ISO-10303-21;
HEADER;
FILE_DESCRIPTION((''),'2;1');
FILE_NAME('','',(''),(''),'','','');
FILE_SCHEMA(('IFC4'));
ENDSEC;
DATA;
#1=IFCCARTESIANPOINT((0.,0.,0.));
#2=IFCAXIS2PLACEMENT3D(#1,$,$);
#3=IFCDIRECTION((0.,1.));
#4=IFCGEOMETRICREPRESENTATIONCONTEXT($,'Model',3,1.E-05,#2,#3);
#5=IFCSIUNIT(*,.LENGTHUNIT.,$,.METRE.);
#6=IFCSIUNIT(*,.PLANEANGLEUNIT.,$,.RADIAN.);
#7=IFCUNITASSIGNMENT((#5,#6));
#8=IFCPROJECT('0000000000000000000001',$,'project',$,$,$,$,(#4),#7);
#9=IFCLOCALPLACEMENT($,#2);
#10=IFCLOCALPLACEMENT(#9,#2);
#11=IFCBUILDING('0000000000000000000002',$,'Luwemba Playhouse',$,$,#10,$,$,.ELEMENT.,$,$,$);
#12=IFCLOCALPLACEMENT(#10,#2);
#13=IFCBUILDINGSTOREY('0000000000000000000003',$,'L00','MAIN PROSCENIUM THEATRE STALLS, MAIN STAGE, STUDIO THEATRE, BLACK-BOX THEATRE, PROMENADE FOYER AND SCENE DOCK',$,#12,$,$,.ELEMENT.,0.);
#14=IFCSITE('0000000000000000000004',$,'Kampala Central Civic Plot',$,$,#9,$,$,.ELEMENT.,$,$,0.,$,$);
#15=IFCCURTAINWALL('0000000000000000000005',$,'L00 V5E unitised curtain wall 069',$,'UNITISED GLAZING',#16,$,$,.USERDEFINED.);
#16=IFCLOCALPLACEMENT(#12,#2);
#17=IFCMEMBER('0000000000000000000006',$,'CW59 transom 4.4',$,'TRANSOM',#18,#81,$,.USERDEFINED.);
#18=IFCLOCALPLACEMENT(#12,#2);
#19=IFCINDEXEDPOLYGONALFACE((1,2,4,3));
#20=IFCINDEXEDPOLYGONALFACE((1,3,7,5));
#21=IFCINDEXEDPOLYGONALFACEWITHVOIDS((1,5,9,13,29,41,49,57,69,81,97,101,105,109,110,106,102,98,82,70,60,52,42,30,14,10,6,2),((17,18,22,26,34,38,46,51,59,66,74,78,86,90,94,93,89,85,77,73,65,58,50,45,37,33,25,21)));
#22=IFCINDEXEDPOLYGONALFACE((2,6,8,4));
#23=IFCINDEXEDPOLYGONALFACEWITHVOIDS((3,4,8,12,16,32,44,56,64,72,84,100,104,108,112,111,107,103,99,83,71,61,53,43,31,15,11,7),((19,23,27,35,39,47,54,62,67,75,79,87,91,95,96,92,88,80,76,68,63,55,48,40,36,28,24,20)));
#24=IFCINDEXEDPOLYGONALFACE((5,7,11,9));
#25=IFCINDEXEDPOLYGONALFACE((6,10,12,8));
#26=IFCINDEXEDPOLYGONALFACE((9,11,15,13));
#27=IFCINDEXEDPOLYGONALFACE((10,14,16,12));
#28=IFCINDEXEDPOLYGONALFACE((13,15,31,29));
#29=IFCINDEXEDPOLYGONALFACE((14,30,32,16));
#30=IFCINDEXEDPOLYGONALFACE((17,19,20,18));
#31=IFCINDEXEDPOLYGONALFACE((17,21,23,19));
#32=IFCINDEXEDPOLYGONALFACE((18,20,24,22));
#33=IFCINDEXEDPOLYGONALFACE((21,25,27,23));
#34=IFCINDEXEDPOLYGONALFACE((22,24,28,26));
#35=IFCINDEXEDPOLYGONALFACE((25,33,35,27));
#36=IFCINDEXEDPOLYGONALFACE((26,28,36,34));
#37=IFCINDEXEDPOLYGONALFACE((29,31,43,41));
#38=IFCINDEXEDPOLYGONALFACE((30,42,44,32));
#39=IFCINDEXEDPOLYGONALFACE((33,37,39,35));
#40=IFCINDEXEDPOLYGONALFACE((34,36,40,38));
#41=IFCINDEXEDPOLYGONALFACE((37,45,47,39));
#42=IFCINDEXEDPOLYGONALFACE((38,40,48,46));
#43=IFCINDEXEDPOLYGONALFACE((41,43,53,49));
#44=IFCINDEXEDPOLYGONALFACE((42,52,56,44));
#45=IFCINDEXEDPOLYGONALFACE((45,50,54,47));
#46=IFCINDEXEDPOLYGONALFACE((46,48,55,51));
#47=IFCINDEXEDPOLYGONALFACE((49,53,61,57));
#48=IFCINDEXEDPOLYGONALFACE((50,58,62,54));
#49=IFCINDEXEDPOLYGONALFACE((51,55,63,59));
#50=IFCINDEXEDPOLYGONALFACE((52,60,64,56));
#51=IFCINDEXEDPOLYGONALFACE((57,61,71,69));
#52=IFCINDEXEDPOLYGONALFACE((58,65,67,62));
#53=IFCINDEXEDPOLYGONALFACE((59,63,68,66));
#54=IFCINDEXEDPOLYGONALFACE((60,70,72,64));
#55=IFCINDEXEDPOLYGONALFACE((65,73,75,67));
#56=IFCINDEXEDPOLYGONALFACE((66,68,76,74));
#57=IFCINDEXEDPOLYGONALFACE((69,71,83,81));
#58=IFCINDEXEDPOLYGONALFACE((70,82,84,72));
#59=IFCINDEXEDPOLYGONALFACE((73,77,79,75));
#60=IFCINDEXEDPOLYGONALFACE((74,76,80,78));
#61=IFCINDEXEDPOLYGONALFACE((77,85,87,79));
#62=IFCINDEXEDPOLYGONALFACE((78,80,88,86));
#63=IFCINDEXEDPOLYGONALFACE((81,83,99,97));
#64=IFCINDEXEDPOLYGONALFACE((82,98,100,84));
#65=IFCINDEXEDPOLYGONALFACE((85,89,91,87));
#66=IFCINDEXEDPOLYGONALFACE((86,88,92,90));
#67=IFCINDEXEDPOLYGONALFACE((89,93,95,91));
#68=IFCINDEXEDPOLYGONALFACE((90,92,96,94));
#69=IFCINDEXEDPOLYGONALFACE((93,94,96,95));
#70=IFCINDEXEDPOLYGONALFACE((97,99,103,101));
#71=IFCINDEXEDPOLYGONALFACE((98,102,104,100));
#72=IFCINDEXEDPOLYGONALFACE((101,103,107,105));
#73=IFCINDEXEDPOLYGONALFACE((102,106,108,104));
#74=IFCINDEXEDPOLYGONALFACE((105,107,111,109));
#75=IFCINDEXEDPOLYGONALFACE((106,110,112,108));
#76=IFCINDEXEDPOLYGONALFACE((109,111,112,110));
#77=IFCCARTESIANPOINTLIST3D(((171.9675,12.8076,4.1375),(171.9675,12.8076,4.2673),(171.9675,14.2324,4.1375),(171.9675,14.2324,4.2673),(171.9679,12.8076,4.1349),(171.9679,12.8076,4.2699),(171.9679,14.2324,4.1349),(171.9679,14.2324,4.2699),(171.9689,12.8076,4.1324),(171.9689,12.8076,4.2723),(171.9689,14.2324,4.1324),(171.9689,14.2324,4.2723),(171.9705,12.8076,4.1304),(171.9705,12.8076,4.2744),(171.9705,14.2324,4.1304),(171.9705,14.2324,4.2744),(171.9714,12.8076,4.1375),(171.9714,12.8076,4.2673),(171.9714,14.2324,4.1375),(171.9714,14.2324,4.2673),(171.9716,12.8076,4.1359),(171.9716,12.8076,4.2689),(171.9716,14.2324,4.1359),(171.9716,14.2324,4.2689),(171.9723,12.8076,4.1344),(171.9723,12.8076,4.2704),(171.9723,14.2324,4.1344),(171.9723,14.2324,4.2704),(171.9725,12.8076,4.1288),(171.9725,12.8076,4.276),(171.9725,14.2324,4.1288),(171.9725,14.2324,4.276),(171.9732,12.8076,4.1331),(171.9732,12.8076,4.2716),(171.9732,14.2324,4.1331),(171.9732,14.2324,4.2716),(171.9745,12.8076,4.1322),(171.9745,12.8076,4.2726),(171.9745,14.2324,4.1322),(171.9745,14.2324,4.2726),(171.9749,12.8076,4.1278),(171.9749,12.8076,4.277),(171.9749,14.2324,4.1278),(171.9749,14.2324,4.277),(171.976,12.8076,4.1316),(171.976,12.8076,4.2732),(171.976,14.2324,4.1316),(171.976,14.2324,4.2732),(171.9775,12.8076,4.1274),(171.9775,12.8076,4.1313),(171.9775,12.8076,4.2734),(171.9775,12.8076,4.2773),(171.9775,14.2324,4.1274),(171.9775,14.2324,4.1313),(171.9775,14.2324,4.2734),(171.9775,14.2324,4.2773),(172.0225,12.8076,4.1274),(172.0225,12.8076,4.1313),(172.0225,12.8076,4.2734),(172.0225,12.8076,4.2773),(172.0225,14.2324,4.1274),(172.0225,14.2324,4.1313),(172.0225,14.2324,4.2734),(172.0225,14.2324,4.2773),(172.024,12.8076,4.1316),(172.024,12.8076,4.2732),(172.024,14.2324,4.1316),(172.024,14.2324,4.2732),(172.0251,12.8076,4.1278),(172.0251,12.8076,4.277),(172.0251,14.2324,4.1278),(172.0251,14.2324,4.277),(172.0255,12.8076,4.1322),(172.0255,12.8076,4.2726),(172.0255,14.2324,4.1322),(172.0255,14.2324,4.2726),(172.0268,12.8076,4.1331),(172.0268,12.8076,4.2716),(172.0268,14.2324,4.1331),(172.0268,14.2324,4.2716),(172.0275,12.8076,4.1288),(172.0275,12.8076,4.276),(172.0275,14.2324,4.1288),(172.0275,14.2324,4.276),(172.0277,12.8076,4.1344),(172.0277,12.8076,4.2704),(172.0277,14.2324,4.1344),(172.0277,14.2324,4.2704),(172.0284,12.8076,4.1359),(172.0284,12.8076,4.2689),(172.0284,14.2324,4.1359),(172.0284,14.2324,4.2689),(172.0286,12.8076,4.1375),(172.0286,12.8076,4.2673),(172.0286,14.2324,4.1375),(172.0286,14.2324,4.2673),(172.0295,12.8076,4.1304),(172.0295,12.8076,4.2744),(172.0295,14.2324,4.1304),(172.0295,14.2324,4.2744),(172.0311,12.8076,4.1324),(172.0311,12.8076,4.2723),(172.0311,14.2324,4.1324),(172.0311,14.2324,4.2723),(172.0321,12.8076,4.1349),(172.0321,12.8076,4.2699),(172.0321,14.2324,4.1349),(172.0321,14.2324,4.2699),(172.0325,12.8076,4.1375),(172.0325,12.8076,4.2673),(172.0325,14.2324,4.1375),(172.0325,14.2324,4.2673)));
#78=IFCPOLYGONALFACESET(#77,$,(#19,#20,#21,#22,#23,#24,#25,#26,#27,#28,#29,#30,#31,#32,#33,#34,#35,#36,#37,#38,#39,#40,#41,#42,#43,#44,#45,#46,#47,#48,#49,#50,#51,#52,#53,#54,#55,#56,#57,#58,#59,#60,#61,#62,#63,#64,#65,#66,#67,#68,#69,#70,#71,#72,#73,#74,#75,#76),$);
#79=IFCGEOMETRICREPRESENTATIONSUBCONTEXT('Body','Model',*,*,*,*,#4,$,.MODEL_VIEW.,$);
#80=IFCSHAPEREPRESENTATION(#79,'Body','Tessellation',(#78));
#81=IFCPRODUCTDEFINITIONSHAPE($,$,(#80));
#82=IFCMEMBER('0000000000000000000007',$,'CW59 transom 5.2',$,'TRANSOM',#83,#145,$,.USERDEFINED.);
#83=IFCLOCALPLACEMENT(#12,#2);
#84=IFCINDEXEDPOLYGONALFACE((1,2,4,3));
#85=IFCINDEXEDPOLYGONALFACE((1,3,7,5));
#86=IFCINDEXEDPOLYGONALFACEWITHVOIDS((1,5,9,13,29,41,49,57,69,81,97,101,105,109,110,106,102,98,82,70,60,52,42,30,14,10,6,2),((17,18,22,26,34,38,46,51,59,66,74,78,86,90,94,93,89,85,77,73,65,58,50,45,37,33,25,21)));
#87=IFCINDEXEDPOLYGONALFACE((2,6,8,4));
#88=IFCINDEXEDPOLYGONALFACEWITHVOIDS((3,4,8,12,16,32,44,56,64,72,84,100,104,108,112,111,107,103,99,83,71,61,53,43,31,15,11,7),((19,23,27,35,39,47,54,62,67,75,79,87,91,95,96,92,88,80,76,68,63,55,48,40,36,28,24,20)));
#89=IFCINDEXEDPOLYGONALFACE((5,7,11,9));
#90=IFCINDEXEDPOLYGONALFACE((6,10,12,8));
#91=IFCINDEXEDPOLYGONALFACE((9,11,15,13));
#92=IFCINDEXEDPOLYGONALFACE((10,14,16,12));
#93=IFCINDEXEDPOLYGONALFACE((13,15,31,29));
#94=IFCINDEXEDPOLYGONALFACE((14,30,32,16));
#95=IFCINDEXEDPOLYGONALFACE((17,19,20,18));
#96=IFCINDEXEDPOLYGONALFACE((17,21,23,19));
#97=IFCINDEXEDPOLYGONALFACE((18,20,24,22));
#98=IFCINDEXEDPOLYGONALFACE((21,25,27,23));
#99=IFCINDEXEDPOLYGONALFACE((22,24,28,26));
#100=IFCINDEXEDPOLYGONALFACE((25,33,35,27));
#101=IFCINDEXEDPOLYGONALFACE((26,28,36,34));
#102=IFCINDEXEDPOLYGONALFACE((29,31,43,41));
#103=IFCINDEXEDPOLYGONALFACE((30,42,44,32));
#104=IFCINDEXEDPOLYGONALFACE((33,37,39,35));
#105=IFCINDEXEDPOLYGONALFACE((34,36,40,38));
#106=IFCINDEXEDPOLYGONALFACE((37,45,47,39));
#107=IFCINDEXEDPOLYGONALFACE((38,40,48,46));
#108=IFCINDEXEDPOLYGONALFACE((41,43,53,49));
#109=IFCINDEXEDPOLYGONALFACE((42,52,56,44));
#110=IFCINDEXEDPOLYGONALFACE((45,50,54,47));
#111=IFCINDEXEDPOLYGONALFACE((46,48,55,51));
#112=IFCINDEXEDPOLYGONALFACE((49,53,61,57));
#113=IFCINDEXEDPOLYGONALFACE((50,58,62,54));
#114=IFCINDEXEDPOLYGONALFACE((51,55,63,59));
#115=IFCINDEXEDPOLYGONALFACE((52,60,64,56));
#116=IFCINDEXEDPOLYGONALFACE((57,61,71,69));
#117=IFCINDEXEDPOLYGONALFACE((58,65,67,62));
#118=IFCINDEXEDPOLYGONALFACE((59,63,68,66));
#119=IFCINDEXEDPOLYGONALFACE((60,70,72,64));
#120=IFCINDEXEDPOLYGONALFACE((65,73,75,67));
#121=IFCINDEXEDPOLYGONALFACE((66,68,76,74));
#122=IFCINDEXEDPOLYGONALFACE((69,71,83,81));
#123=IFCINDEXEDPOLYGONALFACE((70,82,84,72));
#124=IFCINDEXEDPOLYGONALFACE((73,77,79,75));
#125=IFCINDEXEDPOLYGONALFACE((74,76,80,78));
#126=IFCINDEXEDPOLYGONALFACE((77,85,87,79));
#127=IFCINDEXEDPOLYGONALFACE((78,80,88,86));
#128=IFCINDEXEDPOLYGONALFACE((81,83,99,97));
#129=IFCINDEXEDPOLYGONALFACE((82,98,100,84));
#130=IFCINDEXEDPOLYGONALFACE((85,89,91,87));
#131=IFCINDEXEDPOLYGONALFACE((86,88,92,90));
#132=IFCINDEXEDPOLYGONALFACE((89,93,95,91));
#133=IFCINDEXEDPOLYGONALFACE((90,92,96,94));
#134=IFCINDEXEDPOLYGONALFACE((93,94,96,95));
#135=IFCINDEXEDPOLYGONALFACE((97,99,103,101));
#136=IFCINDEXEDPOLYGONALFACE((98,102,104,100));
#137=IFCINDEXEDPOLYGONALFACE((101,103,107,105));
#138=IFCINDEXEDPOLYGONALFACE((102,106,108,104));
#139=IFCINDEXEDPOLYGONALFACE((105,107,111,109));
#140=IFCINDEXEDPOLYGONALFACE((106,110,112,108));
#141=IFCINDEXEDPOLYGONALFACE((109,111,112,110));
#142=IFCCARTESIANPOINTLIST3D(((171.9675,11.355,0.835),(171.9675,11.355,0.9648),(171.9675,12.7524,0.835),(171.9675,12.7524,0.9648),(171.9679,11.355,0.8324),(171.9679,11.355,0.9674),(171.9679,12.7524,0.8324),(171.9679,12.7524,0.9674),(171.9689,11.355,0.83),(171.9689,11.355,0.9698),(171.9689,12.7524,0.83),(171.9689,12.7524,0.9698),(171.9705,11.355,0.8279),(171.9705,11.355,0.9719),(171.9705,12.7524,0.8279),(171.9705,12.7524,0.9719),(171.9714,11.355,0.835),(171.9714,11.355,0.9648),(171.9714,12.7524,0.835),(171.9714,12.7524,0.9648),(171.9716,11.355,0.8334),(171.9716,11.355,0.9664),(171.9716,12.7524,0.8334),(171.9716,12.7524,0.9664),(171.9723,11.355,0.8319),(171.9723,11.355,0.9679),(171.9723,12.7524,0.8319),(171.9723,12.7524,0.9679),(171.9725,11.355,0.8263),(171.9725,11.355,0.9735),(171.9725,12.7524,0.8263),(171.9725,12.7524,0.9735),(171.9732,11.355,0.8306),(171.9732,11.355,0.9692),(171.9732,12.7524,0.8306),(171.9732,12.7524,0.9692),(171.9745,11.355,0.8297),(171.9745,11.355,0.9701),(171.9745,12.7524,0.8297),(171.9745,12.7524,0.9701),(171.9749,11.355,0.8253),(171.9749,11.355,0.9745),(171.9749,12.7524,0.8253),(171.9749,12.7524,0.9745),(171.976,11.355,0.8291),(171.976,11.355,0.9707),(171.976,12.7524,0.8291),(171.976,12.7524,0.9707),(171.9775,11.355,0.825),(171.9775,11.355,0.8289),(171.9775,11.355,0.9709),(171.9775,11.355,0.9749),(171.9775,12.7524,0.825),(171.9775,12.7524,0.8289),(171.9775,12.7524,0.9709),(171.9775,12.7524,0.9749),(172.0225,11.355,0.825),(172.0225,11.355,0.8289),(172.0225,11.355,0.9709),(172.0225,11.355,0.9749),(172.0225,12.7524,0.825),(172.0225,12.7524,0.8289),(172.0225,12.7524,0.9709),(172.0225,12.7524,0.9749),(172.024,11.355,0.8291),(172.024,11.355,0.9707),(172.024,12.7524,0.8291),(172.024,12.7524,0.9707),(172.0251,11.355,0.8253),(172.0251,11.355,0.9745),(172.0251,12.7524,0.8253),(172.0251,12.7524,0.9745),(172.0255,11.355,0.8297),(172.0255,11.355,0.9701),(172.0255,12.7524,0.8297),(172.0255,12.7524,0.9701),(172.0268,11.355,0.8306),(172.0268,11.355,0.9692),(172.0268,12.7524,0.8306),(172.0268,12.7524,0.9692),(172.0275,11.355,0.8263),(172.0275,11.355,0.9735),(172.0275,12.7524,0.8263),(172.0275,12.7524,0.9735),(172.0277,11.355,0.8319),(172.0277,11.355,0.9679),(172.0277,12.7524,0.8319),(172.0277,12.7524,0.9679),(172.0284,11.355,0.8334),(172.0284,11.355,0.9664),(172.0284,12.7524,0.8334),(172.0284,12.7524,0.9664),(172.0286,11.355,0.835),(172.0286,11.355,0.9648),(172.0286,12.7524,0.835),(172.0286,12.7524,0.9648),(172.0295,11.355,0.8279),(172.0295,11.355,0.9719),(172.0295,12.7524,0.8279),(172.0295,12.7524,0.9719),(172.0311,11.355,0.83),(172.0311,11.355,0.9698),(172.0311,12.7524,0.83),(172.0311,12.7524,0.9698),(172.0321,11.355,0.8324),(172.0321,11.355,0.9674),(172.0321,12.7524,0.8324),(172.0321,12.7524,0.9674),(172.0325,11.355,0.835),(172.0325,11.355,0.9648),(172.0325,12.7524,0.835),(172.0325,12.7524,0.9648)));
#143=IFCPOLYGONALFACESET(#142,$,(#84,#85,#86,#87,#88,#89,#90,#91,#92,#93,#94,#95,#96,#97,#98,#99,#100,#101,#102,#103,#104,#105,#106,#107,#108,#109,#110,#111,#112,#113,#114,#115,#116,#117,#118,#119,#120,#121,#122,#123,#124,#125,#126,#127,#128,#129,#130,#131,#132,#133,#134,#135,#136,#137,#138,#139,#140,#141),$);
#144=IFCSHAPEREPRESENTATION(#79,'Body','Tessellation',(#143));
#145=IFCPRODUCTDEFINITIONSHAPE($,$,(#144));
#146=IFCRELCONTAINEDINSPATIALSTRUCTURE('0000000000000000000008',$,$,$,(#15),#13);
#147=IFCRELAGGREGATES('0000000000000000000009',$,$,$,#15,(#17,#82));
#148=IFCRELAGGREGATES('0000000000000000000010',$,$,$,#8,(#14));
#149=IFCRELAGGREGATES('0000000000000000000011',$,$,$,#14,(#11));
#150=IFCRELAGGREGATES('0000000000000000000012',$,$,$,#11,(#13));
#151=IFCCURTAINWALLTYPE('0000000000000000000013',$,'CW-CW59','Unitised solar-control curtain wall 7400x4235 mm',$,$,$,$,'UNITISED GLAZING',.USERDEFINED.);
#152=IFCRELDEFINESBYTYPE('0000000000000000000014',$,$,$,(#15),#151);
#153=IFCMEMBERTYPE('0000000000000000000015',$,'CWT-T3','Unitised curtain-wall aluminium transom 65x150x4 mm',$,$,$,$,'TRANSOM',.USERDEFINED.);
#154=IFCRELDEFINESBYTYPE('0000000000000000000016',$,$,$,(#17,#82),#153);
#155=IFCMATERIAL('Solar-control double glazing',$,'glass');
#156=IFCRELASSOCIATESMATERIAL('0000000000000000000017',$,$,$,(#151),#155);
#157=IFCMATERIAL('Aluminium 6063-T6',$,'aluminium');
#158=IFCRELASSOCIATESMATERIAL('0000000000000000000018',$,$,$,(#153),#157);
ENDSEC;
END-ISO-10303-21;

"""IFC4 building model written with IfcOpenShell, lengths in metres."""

from ifc_helpers import new_model, si_unit, direction, frame, origin, origin_2d, place, context, subcontext, project, spatial, hollow_rectangle, extrude, material, material_profile, profile_set, type_object, element, aggregate, save


model = new_model("IFC4")

# Units and contexts
model_context = context("Model", 3, precision=1e-05, world=origin(), true_north=direction((0.0, 1.0)))
body_context = subcontext(model_context, "Body", "Model", "MODEL_VIEW")
ifc_project = project(units=[si_unit("LENGTHUNIT", "METRE"), si_unit("PLANEANGLEUNIT", "RADIAN")], contexts=[model_context])

# Site, building, storey
site_placement = place(None, origin())
site = spatial("IfcSite", under=ifc_project, at=site_placement, Name="Kampala Central Civic Plot", CompositionType="ELEMENT", RefElevation=0.0)
building_placement = place(site_placement, origin())
building = spatial("IfcBuilding", under=site, at=building_placement, Name="Luwemba Playhouse", CompositionType="ELEMENT")
storey_placement = place(building_placement, origin())
storey = spatial("IfcBuildingStorey", under=building, at=storey_placement, Name="L00", Description="MAIN PROSCENIUM THEATRE STALLS, MAIN STAGE, STUDIO THEATRE, BLACK-BOX THEATRE, PROMENADE FOYER AND SCENE DOCK", CompositionType="ELEMENT", Elevation=0.0)

# Curtain wall, members
ifc_material_1 = material(Name="Solar-control double glazing", Category="glass")
curtain_wall_type = type_object("IfcCurtainWallType", Name="CW-CW59", Description="Unitised solar-control curtain wall 7400x4235 mm", ElementType="UNITISED GLAZING", PredefinedType="USERDEFINED", material=ifc_material_1)
curtain_wall_placement = place(storey_placement, origin())
curtain_wall = element("IfcCurtainWall", 1, at=curtain_wall_placement, inside=storey, type_object=curtain_wall_type, Name="L00 V5E unitised curtain wall 069", ObjectType="UNITISED GLAZING", PredefinedType="USERDEFINED")
ifc_material_2 = material(Name="Aluminium 6063-T6", Category="aluminium")
ifc_material_profile_1 = material_profile(ifc_material_2, hollow_rectangle(XDim=0.0649, YDim=0.1499, WallThickness=0.0039, InnerFilletRadius=0.0061, OuterFilletRadius=0.01, at=origin_2d()))
ifc_profile_set_1 = profile_set([ifc_material_profile_1], Name="Aluminium 6063-T6")
member_type_1 = type_object("IfcMemberType", Name="CWT-T3", Description="Unitised curtain-wall aluminium transom 65x150x4 mm", ElementType="TRANSOM", PredefinedType="USERDEFINED", material=ifc_profile_set_1)
member_1_placement = place(storey_placement, frame((172.0, 14.2324, 4.2024), z_axis=(0.0, -1.0, 0.0), x_axis=(1.0, 0.0, 0.0)))
member_1 = element("IfcMember", 2, at=member_1_placement, type_object=member_type_1, Name="CW59 transom 4.4", ObjectType="TRANSOM", PredefinedType="USERDEFINED", context=body_context, shape_type="SweptSolid", body=[
    extrude(hollow_rectangle(XDim=0.0649, YDim=0.1499, WallThickness=0.0039, InnerFilletRadius=0.0061, OuterFilletRadius=0.01, at=origin_2d()), origin(), (0.0, 0.0, 1.0), 1.4248),
])
member_2_placement = place(storey_placement, frame((172.0, 12.7524, 0.8999), z_axis=(0.0, -1.0, 0.0), x_axis=(1.0, 0.0, 0.0)))
member_2 = element("IfcMember", 3, at=member_2_placement, type_object=member_type_1, Name="CW59 transom 5.2", ObjectType="TRANSOM", PredefinedType="USERDEFINED", context=body_context, shape_type="SweptSolid", body=[
    extrude(hollow_rectangle(XDim=0.0649, YDim=0.1499, WallThickness=0.0039, InnerFilletRadius=0.0061, OuterFilletRadius=0.01, at=origin_2d()), origin(), (0.0, 0.0, 1.0), 1.3975),
])
aggregate(curtain_wall, [member_1, member_2])

save(model, "model.ifc")
